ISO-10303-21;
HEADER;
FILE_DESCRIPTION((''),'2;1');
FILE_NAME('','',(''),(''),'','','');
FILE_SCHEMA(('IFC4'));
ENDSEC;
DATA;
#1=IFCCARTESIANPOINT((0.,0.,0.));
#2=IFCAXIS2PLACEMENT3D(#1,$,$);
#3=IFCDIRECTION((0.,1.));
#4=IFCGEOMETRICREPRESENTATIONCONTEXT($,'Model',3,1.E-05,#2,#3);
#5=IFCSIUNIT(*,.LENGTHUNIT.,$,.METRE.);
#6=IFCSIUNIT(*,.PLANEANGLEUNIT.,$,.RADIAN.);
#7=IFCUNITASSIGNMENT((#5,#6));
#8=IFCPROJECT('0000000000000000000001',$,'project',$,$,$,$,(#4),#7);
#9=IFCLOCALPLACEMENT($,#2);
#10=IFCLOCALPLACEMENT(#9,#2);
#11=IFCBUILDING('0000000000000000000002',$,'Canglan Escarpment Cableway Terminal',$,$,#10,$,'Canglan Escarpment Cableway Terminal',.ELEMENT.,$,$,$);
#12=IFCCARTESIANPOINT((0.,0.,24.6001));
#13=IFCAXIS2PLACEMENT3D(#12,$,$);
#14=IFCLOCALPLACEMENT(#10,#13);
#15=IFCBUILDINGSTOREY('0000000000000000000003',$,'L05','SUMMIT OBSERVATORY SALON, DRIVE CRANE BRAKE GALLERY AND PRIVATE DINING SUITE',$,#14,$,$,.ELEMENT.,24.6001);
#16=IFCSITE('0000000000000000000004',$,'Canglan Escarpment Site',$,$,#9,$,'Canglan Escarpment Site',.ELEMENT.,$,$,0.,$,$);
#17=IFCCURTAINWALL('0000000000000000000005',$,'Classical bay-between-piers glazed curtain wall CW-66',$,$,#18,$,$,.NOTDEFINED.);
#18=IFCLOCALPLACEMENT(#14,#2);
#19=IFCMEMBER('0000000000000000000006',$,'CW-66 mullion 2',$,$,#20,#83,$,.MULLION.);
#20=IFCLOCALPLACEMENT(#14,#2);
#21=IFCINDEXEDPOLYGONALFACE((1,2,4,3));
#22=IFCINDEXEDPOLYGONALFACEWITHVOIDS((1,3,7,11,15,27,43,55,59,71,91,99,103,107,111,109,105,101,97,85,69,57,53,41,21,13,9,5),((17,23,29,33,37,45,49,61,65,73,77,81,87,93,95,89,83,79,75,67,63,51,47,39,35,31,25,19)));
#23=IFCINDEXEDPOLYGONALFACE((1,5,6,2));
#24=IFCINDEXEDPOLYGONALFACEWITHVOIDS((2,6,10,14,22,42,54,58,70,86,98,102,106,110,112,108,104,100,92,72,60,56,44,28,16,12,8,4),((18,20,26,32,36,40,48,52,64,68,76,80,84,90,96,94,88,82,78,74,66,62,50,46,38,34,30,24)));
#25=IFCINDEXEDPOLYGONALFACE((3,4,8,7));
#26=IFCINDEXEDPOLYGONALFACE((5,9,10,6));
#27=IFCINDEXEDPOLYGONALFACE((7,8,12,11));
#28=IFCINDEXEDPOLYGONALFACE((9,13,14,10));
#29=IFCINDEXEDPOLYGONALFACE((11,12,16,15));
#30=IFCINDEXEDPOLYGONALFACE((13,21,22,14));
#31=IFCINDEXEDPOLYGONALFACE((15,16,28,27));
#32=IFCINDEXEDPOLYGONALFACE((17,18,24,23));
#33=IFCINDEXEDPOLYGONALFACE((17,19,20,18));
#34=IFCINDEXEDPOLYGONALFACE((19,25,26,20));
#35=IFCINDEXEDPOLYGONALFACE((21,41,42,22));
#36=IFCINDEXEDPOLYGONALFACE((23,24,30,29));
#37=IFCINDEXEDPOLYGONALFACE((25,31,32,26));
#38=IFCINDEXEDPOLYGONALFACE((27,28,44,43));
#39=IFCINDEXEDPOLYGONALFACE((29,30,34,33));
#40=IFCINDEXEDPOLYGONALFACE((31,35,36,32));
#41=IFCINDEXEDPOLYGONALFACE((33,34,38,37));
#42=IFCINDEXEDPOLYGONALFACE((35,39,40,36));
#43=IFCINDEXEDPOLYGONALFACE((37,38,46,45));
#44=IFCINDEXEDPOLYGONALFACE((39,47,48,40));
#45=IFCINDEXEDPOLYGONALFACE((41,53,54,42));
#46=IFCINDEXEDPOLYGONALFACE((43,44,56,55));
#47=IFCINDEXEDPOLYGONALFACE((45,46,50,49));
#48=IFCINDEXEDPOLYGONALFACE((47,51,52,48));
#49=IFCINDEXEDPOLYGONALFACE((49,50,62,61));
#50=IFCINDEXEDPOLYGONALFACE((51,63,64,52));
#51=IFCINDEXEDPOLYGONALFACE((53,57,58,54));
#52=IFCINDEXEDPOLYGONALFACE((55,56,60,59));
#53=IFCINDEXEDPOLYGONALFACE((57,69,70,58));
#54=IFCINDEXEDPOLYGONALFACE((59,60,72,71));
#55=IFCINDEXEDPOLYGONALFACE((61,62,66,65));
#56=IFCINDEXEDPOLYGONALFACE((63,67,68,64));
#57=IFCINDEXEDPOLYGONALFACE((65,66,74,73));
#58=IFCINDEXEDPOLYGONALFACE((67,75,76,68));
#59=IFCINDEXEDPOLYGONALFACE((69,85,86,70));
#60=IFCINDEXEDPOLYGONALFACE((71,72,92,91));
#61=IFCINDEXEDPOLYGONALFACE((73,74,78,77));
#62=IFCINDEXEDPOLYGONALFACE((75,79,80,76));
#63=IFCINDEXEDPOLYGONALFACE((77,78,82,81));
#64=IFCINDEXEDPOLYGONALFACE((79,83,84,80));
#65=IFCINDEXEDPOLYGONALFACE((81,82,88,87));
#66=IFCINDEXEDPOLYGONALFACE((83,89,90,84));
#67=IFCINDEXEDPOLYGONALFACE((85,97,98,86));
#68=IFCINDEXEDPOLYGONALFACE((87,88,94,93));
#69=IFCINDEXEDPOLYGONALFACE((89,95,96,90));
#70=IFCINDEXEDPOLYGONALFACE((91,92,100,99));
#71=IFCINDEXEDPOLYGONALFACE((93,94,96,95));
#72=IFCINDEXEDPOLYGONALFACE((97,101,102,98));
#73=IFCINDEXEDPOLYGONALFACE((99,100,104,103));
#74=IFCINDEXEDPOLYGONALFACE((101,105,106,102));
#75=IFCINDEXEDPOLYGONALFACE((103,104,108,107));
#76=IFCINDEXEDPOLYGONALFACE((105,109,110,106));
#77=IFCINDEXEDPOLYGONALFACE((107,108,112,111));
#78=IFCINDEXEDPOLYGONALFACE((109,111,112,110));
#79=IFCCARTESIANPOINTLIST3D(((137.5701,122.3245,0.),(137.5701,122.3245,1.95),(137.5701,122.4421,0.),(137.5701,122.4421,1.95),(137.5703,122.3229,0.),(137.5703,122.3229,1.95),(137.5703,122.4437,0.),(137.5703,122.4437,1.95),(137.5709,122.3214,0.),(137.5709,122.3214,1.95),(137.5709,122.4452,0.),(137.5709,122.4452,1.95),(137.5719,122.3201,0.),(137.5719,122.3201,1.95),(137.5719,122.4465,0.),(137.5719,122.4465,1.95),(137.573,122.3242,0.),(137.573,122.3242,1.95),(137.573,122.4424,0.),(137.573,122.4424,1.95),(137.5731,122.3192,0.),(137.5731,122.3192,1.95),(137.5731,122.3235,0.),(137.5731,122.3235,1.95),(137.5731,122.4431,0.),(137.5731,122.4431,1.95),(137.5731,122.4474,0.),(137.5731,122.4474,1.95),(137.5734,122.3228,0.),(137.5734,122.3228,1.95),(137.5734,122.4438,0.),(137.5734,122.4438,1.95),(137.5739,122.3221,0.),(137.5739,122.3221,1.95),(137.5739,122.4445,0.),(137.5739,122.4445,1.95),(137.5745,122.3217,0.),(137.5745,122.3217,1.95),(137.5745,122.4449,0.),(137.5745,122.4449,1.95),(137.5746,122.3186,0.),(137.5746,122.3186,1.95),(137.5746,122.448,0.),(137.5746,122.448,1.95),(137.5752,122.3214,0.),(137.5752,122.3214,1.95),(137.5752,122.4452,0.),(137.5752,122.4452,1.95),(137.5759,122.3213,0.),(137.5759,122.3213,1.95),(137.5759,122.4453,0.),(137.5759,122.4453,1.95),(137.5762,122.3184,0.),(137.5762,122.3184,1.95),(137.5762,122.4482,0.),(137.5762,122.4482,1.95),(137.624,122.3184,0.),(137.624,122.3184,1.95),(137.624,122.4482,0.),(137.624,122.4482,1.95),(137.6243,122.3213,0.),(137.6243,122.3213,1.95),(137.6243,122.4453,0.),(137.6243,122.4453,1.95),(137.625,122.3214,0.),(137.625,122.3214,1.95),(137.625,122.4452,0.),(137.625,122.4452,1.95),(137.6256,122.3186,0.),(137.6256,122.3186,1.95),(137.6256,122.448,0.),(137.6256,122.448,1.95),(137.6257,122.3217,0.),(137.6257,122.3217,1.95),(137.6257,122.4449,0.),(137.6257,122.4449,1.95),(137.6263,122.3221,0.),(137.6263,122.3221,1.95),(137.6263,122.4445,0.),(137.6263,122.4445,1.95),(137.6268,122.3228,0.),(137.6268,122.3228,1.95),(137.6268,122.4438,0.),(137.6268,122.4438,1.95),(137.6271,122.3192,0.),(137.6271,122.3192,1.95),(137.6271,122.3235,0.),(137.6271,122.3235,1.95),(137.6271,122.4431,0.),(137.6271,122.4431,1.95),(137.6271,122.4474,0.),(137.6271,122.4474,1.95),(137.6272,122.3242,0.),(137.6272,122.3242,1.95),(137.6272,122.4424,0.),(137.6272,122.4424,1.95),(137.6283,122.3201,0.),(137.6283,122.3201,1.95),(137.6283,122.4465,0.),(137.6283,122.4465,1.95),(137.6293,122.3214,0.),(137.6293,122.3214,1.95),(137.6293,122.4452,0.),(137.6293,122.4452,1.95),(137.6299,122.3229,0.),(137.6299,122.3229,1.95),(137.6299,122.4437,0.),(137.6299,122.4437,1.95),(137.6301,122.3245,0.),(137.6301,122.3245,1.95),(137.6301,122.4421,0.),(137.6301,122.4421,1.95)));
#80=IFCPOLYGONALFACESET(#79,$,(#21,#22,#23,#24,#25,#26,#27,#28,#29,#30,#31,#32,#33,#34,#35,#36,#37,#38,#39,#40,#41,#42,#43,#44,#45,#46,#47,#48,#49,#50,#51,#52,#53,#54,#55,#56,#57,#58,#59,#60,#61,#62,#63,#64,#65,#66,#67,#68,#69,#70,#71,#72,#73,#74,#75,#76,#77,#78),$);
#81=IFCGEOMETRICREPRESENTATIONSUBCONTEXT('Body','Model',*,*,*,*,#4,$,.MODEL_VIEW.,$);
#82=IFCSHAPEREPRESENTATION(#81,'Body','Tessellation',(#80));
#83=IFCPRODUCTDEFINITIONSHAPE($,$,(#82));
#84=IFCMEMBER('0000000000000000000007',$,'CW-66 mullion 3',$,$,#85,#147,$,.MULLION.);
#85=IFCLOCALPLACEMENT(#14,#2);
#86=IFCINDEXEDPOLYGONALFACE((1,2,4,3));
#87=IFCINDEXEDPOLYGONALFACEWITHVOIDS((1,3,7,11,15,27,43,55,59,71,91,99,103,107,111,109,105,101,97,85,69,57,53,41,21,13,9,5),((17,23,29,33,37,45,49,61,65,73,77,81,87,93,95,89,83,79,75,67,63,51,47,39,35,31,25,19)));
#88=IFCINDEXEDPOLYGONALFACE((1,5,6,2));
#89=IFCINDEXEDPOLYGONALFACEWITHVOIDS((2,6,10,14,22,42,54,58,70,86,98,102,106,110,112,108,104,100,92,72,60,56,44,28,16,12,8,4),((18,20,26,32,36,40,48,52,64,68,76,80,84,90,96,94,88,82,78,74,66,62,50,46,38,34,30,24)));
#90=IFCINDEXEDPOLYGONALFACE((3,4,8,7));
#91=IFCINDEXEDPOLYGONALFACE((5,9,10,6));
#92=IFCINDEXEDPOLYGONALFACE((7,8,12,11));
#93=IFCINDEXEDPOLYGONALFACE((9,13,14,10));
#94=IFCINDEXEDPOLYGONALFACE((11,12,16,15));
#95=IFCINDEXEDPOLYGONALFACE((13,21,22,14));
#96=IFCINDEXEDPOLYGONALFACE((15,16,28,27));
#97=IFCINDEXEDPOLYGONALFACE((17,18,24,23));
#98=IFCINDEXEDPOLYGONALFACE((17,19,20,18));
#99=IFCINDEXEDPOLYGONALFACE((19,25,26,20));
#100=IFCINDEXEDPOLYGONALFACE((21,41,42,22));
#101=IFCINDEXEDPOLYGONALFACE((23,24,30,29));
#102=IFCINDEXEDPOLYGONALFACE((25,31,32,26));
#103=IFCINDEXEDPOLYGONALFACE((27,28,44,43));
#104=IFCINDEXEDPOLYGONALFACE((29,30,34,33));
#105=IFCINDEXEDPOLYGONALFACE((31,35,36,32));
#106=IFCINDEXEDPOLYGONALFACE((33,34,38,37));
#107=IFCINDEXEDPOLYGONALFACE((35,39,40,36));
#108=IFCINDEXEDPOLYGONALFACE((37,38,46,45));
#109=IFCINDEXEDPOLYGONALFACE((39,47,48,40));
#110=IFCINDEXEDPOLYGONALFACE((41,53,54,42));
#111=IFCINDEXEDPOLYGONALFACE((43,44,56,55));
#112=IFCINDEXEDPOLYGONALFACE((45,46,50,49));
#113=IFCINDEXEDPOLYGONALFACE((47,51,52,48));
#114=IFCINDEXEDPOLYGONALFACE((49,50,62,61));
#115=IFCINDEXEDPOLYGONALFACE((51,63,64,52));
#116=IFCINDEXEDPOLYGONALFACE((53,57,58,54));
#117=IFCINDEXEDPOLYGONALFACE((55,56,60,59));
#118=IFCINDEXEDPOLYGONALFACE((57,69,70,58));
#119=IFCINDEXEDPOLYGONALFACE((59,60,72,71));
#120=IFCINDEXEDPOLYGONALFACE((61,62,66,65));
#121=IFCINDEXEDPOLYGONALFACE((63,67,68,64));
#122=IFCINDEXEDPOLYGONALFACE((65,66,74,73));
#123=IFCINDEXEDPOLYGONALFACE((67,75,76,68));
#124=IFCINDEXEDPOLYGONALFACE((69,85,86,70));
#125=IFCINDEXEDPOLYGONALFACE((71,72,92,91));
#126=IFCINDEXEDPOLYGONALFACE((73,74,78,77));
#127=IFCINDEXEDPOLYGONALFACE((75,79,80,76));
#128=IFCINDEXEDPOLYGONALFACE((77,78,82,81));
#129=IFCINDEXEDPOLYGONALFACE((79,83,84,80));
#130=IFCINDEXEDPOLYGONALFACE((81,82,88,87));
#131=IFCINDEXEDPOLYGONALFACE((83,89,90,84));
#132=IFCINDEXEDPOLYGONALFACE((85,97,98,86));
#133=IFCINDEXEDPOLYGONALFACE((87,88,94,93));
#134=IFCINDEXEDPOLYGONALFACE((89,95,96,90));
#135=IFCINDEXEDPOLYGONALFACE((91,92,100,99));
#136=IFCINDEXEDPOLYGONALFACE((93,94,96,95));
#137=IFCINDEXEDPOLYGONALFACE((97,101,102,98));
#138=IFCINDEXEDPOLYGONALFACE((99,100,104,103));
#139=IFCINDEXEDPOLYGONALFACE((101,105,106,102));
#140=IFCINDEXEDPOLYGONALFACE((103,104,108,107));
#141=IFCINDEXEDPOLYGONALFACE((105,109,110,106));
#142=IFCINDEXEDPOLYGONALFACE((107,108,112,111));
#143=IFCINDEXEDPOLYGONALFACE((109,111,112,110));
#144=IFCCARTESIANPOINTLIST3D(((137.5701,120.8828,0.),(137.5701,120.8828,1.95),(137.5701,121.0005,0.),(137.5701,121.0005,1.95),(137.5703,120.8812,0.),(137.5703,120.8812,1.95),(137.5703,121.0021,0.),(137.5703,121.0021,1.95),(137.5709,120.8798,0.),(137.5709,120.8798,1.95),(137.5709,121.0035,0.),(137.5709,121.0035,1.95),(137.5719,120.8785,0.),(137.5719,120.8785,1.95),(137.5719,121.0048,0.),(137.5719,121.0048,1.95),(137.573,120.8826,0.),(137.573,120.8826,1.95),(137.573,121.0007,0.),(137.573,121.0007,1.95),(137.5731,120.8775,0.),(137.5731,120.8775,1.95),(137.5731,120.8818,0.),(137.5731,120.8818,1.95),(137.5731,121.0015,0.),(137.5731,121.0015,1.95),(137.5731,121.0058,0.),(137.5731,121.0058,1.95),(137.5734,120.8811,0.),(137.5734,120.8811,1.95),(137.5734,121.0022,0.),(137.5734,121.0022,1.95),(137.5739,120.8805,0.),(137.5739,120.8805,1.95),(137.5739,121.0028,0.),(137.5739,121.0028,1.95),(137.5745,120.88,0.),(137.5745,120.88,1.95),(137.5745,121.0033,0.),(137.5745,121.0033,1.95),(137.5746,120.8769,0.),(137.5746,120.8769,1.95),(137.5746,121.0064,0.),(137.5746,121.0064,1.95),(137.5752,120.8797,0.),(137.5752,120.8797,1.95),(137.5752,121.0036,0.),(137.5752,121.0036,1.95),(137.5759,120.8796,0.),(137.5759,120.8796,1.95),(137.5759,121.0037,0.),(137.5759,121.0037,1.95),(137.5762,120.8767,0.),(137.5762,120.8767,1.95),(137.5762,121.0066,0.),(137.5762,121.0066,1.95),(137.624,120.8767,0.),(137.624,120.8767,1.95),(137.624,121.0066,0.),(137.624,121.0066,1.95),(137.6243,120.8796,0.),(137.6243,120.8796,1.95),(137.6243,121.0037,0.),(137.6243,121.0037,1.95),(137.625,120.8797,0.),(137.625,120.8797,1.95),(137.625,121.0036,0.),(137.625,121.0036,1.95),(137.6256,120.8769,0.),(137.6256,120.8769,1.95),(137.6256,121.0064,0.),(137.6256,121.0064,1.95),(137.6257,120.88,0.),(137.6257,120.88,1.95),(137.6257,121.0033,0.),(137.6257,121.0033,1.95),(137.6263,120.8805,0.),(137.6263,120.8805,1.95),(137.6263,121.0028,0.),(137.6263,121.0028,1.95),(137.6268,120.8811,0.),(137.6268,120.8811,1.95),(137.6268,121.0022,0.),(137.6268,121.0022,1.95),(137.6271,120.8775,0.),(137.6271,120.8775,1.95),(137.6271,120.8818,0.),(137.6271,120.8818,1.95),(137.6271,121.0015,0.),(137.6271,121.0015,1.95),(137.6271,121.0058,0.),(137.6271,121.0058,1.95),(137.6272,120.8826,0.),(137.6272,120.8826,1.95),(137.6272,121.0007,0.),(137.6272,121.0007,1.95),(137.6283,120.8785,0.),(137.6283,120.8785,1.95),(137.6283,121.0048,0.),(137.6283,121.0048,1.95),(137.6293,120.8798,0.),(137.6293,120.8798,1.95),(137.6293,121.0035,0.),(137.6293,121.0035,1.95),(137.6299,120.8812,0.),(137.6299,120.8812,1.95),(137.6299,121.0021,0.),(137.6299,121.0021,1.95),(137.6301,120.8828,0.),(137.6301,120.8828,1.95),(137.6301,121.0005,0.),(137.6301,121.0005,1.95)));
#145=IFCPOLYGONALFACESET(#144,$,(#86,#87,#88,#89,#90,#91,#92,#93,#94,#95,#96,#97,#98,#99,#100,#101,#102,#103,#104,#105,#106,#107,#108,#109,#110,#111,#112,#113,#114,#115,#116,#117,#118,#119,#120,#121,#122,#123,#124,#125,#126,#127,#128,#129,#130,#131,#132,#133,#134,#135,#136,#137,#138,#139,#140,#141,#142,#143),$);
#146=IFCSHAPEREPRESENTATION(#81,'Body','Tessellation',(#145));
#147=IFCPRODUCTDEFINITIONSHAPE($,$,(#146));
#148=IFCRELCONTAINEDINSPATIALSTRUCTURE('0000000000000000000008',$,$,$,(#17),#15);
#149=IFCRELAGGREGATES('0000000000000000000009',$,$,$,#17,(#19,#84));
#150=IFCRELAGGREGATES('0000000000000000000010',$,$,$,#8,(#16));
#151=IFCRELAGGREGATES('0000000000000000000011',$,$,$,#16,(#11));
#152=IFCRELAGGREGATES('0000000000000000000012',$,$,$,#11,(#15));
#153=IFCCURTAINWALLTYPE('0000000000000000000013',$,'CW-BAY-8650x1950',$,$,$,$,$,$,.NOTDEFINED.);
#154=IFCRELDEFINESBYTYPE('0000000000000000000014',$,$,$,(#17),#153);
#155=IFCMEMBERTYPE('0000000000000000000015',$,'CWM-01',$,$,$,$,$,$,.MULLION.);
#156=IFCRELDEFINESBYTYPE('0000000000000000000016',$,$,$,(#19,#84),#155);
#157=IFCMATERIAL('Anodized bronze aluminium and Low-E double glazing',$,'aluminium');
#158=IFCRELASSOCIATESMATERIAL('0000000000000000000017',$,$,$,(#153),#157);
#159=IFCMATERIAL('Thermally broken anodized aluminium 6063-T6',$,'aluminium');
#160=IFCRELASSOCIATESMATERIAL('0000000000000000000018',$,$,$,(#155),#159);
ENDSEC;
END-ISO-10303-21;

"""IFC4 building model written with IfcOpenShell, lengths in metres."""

from ifc_helpers import new_model, si_unit, direction, frame, origin, origin_2d, place, context, subcontext, project, spatial, hollow_rectangle, extrude, material, material_profile, profile_set, type_object, element, aggregate, save


model = new_model("IFC4")

# Units and contexts
model_context = context("Model", 3, precision=1e-05, world=origin(), true_north=direction((0.0, 1.0)))
body_context = subcontext(model_context, "Body", "Model", "MODEL_VIEW")
ifc_project = project(units=[si_unit("LENGTHUNIT", "METRE"), si_unit("PLANEANGLEUNIT", "RADIAN")], contexts=[model_context])

# Site, building, storey
site_placement = place(None, origin())
site = spatial("IfcSite", under=ifc_project, at=site_placement, Name="Canglan Escarpment Site", LongName="Canglan Escarpment Site", CompositionType="ELEMENT", RefElevation=0.0)
building_placement = place(site_placement, origin())
building = spatial("IfcBuilding", under=site, at=building_placement, Name="Canglan Escarpment Cableway Terminal", LongName="Canglan Escarpment Cableway Terminal", CompositionType="ELEMENT")
storey_placement = place(building_placement, frame((0.0, 0.0, 24.6001)))
storey = spatial("IfcBuildingStorey", under=building, at=storey_placement, Name="L05", Description="SUMMIT OBSERVATORY SALON, DRIVE CRANE BRAKE GALLERY AND PRIVATE DINING SUITE", CompositionType="ELEMENT", Elevation=24.6001)

# Curtain wall, members
ifc_material_1 = material(Name="Anodized bronze aluminium and Low-E double glazing", Category="aluminium")
curtain_wall_type = type_object("IfcCurtainWallType", Name="CW-BAY-8650x1950", PredefinedType="NOTDEFINED", material=ifc_material_1)
curtain_wall_1_placement = place(storey_placement, origin())
curtain_wall_1 = element("IfcCurtainWall", 1, at=curtain_wall_1_placement, inside=storey, type_object=curtain_wall_type, Name="Classical bay-between-piers glazed curtain wall CW-66", PredefinedType="NOTDEFINED")
ifc_material_2 = material(Name="Thermally broken anodized aluminium 6063-T6", Category="aluminium")
ifc_material_profile_1 = material_profile(ifc_material_2, hollow_rectangle(XDim=0.0601, YDim=0.1299, WallThickness=0.0029, InnerFilletRadius=0.0029, OuterFilletRadius=0.0061, at=origin_2d()), Name="ALU-MULL 60x130x3")
ifc_profile_set_1 = profile_set([ifc_material_profile_1], Name="Thermally broken anodized aluminium 6063-T6")
member_type_1 = type_object("IfcMemberType", Name="CWM-01", PredefinedType="MULLION", material=ifc_profile_set_1)
member_1_placement = place(storey_placement, frame((137.6001, 122.3833, 0.0), z_axis=(0.0, 0.0, 1.0), x_axis=(1.0, 0.0, 0.0)))
member_1 = element("IfcMember", 2, at=member_1_placement, type_object=member_type_1, Name="CW-66 mullion 2", PredefinedType="MULLION", context=body_context, shape_type="SweptSolid", body=[
    extrude(hollow_rectangle(XDim=0.0601, YDim=0.1299, WallThickness=0.0029, InnerFilletRadius=0.0029, OuterFilletRadius=0.0061, at=origin_2d()), origin(), (0.0, 0.0, 1.0), 1.95),
])
member_2_placement = place(storey_placement, frame((137.6001, 120.9417, 0.0), z_axis=(0.0, 0.0, 1.0), x_axis=(1.0, 0.0, 0.0)))
member_2 = element("IfcMember", 3, at=member_2_placement, type_object=member_type_1, Name="CW-66 mullion 3", PredefinedType="MULLION", context=body_context, shape_type="SweptSolid", body=[
    extrude(hollow_rectangle(XDim=0.0601, YDim=0.1299, WallThickness=0.0029, InnerFilletRadius=0.0029, OuterFilletRadius=0.0061, at=origin_2d()), origin(), (0.0, 0.0, 1.0), 1.95),
])

aggregate(curtain_wall_1, [member_1, member_2])

save(model, "model.ifc")
